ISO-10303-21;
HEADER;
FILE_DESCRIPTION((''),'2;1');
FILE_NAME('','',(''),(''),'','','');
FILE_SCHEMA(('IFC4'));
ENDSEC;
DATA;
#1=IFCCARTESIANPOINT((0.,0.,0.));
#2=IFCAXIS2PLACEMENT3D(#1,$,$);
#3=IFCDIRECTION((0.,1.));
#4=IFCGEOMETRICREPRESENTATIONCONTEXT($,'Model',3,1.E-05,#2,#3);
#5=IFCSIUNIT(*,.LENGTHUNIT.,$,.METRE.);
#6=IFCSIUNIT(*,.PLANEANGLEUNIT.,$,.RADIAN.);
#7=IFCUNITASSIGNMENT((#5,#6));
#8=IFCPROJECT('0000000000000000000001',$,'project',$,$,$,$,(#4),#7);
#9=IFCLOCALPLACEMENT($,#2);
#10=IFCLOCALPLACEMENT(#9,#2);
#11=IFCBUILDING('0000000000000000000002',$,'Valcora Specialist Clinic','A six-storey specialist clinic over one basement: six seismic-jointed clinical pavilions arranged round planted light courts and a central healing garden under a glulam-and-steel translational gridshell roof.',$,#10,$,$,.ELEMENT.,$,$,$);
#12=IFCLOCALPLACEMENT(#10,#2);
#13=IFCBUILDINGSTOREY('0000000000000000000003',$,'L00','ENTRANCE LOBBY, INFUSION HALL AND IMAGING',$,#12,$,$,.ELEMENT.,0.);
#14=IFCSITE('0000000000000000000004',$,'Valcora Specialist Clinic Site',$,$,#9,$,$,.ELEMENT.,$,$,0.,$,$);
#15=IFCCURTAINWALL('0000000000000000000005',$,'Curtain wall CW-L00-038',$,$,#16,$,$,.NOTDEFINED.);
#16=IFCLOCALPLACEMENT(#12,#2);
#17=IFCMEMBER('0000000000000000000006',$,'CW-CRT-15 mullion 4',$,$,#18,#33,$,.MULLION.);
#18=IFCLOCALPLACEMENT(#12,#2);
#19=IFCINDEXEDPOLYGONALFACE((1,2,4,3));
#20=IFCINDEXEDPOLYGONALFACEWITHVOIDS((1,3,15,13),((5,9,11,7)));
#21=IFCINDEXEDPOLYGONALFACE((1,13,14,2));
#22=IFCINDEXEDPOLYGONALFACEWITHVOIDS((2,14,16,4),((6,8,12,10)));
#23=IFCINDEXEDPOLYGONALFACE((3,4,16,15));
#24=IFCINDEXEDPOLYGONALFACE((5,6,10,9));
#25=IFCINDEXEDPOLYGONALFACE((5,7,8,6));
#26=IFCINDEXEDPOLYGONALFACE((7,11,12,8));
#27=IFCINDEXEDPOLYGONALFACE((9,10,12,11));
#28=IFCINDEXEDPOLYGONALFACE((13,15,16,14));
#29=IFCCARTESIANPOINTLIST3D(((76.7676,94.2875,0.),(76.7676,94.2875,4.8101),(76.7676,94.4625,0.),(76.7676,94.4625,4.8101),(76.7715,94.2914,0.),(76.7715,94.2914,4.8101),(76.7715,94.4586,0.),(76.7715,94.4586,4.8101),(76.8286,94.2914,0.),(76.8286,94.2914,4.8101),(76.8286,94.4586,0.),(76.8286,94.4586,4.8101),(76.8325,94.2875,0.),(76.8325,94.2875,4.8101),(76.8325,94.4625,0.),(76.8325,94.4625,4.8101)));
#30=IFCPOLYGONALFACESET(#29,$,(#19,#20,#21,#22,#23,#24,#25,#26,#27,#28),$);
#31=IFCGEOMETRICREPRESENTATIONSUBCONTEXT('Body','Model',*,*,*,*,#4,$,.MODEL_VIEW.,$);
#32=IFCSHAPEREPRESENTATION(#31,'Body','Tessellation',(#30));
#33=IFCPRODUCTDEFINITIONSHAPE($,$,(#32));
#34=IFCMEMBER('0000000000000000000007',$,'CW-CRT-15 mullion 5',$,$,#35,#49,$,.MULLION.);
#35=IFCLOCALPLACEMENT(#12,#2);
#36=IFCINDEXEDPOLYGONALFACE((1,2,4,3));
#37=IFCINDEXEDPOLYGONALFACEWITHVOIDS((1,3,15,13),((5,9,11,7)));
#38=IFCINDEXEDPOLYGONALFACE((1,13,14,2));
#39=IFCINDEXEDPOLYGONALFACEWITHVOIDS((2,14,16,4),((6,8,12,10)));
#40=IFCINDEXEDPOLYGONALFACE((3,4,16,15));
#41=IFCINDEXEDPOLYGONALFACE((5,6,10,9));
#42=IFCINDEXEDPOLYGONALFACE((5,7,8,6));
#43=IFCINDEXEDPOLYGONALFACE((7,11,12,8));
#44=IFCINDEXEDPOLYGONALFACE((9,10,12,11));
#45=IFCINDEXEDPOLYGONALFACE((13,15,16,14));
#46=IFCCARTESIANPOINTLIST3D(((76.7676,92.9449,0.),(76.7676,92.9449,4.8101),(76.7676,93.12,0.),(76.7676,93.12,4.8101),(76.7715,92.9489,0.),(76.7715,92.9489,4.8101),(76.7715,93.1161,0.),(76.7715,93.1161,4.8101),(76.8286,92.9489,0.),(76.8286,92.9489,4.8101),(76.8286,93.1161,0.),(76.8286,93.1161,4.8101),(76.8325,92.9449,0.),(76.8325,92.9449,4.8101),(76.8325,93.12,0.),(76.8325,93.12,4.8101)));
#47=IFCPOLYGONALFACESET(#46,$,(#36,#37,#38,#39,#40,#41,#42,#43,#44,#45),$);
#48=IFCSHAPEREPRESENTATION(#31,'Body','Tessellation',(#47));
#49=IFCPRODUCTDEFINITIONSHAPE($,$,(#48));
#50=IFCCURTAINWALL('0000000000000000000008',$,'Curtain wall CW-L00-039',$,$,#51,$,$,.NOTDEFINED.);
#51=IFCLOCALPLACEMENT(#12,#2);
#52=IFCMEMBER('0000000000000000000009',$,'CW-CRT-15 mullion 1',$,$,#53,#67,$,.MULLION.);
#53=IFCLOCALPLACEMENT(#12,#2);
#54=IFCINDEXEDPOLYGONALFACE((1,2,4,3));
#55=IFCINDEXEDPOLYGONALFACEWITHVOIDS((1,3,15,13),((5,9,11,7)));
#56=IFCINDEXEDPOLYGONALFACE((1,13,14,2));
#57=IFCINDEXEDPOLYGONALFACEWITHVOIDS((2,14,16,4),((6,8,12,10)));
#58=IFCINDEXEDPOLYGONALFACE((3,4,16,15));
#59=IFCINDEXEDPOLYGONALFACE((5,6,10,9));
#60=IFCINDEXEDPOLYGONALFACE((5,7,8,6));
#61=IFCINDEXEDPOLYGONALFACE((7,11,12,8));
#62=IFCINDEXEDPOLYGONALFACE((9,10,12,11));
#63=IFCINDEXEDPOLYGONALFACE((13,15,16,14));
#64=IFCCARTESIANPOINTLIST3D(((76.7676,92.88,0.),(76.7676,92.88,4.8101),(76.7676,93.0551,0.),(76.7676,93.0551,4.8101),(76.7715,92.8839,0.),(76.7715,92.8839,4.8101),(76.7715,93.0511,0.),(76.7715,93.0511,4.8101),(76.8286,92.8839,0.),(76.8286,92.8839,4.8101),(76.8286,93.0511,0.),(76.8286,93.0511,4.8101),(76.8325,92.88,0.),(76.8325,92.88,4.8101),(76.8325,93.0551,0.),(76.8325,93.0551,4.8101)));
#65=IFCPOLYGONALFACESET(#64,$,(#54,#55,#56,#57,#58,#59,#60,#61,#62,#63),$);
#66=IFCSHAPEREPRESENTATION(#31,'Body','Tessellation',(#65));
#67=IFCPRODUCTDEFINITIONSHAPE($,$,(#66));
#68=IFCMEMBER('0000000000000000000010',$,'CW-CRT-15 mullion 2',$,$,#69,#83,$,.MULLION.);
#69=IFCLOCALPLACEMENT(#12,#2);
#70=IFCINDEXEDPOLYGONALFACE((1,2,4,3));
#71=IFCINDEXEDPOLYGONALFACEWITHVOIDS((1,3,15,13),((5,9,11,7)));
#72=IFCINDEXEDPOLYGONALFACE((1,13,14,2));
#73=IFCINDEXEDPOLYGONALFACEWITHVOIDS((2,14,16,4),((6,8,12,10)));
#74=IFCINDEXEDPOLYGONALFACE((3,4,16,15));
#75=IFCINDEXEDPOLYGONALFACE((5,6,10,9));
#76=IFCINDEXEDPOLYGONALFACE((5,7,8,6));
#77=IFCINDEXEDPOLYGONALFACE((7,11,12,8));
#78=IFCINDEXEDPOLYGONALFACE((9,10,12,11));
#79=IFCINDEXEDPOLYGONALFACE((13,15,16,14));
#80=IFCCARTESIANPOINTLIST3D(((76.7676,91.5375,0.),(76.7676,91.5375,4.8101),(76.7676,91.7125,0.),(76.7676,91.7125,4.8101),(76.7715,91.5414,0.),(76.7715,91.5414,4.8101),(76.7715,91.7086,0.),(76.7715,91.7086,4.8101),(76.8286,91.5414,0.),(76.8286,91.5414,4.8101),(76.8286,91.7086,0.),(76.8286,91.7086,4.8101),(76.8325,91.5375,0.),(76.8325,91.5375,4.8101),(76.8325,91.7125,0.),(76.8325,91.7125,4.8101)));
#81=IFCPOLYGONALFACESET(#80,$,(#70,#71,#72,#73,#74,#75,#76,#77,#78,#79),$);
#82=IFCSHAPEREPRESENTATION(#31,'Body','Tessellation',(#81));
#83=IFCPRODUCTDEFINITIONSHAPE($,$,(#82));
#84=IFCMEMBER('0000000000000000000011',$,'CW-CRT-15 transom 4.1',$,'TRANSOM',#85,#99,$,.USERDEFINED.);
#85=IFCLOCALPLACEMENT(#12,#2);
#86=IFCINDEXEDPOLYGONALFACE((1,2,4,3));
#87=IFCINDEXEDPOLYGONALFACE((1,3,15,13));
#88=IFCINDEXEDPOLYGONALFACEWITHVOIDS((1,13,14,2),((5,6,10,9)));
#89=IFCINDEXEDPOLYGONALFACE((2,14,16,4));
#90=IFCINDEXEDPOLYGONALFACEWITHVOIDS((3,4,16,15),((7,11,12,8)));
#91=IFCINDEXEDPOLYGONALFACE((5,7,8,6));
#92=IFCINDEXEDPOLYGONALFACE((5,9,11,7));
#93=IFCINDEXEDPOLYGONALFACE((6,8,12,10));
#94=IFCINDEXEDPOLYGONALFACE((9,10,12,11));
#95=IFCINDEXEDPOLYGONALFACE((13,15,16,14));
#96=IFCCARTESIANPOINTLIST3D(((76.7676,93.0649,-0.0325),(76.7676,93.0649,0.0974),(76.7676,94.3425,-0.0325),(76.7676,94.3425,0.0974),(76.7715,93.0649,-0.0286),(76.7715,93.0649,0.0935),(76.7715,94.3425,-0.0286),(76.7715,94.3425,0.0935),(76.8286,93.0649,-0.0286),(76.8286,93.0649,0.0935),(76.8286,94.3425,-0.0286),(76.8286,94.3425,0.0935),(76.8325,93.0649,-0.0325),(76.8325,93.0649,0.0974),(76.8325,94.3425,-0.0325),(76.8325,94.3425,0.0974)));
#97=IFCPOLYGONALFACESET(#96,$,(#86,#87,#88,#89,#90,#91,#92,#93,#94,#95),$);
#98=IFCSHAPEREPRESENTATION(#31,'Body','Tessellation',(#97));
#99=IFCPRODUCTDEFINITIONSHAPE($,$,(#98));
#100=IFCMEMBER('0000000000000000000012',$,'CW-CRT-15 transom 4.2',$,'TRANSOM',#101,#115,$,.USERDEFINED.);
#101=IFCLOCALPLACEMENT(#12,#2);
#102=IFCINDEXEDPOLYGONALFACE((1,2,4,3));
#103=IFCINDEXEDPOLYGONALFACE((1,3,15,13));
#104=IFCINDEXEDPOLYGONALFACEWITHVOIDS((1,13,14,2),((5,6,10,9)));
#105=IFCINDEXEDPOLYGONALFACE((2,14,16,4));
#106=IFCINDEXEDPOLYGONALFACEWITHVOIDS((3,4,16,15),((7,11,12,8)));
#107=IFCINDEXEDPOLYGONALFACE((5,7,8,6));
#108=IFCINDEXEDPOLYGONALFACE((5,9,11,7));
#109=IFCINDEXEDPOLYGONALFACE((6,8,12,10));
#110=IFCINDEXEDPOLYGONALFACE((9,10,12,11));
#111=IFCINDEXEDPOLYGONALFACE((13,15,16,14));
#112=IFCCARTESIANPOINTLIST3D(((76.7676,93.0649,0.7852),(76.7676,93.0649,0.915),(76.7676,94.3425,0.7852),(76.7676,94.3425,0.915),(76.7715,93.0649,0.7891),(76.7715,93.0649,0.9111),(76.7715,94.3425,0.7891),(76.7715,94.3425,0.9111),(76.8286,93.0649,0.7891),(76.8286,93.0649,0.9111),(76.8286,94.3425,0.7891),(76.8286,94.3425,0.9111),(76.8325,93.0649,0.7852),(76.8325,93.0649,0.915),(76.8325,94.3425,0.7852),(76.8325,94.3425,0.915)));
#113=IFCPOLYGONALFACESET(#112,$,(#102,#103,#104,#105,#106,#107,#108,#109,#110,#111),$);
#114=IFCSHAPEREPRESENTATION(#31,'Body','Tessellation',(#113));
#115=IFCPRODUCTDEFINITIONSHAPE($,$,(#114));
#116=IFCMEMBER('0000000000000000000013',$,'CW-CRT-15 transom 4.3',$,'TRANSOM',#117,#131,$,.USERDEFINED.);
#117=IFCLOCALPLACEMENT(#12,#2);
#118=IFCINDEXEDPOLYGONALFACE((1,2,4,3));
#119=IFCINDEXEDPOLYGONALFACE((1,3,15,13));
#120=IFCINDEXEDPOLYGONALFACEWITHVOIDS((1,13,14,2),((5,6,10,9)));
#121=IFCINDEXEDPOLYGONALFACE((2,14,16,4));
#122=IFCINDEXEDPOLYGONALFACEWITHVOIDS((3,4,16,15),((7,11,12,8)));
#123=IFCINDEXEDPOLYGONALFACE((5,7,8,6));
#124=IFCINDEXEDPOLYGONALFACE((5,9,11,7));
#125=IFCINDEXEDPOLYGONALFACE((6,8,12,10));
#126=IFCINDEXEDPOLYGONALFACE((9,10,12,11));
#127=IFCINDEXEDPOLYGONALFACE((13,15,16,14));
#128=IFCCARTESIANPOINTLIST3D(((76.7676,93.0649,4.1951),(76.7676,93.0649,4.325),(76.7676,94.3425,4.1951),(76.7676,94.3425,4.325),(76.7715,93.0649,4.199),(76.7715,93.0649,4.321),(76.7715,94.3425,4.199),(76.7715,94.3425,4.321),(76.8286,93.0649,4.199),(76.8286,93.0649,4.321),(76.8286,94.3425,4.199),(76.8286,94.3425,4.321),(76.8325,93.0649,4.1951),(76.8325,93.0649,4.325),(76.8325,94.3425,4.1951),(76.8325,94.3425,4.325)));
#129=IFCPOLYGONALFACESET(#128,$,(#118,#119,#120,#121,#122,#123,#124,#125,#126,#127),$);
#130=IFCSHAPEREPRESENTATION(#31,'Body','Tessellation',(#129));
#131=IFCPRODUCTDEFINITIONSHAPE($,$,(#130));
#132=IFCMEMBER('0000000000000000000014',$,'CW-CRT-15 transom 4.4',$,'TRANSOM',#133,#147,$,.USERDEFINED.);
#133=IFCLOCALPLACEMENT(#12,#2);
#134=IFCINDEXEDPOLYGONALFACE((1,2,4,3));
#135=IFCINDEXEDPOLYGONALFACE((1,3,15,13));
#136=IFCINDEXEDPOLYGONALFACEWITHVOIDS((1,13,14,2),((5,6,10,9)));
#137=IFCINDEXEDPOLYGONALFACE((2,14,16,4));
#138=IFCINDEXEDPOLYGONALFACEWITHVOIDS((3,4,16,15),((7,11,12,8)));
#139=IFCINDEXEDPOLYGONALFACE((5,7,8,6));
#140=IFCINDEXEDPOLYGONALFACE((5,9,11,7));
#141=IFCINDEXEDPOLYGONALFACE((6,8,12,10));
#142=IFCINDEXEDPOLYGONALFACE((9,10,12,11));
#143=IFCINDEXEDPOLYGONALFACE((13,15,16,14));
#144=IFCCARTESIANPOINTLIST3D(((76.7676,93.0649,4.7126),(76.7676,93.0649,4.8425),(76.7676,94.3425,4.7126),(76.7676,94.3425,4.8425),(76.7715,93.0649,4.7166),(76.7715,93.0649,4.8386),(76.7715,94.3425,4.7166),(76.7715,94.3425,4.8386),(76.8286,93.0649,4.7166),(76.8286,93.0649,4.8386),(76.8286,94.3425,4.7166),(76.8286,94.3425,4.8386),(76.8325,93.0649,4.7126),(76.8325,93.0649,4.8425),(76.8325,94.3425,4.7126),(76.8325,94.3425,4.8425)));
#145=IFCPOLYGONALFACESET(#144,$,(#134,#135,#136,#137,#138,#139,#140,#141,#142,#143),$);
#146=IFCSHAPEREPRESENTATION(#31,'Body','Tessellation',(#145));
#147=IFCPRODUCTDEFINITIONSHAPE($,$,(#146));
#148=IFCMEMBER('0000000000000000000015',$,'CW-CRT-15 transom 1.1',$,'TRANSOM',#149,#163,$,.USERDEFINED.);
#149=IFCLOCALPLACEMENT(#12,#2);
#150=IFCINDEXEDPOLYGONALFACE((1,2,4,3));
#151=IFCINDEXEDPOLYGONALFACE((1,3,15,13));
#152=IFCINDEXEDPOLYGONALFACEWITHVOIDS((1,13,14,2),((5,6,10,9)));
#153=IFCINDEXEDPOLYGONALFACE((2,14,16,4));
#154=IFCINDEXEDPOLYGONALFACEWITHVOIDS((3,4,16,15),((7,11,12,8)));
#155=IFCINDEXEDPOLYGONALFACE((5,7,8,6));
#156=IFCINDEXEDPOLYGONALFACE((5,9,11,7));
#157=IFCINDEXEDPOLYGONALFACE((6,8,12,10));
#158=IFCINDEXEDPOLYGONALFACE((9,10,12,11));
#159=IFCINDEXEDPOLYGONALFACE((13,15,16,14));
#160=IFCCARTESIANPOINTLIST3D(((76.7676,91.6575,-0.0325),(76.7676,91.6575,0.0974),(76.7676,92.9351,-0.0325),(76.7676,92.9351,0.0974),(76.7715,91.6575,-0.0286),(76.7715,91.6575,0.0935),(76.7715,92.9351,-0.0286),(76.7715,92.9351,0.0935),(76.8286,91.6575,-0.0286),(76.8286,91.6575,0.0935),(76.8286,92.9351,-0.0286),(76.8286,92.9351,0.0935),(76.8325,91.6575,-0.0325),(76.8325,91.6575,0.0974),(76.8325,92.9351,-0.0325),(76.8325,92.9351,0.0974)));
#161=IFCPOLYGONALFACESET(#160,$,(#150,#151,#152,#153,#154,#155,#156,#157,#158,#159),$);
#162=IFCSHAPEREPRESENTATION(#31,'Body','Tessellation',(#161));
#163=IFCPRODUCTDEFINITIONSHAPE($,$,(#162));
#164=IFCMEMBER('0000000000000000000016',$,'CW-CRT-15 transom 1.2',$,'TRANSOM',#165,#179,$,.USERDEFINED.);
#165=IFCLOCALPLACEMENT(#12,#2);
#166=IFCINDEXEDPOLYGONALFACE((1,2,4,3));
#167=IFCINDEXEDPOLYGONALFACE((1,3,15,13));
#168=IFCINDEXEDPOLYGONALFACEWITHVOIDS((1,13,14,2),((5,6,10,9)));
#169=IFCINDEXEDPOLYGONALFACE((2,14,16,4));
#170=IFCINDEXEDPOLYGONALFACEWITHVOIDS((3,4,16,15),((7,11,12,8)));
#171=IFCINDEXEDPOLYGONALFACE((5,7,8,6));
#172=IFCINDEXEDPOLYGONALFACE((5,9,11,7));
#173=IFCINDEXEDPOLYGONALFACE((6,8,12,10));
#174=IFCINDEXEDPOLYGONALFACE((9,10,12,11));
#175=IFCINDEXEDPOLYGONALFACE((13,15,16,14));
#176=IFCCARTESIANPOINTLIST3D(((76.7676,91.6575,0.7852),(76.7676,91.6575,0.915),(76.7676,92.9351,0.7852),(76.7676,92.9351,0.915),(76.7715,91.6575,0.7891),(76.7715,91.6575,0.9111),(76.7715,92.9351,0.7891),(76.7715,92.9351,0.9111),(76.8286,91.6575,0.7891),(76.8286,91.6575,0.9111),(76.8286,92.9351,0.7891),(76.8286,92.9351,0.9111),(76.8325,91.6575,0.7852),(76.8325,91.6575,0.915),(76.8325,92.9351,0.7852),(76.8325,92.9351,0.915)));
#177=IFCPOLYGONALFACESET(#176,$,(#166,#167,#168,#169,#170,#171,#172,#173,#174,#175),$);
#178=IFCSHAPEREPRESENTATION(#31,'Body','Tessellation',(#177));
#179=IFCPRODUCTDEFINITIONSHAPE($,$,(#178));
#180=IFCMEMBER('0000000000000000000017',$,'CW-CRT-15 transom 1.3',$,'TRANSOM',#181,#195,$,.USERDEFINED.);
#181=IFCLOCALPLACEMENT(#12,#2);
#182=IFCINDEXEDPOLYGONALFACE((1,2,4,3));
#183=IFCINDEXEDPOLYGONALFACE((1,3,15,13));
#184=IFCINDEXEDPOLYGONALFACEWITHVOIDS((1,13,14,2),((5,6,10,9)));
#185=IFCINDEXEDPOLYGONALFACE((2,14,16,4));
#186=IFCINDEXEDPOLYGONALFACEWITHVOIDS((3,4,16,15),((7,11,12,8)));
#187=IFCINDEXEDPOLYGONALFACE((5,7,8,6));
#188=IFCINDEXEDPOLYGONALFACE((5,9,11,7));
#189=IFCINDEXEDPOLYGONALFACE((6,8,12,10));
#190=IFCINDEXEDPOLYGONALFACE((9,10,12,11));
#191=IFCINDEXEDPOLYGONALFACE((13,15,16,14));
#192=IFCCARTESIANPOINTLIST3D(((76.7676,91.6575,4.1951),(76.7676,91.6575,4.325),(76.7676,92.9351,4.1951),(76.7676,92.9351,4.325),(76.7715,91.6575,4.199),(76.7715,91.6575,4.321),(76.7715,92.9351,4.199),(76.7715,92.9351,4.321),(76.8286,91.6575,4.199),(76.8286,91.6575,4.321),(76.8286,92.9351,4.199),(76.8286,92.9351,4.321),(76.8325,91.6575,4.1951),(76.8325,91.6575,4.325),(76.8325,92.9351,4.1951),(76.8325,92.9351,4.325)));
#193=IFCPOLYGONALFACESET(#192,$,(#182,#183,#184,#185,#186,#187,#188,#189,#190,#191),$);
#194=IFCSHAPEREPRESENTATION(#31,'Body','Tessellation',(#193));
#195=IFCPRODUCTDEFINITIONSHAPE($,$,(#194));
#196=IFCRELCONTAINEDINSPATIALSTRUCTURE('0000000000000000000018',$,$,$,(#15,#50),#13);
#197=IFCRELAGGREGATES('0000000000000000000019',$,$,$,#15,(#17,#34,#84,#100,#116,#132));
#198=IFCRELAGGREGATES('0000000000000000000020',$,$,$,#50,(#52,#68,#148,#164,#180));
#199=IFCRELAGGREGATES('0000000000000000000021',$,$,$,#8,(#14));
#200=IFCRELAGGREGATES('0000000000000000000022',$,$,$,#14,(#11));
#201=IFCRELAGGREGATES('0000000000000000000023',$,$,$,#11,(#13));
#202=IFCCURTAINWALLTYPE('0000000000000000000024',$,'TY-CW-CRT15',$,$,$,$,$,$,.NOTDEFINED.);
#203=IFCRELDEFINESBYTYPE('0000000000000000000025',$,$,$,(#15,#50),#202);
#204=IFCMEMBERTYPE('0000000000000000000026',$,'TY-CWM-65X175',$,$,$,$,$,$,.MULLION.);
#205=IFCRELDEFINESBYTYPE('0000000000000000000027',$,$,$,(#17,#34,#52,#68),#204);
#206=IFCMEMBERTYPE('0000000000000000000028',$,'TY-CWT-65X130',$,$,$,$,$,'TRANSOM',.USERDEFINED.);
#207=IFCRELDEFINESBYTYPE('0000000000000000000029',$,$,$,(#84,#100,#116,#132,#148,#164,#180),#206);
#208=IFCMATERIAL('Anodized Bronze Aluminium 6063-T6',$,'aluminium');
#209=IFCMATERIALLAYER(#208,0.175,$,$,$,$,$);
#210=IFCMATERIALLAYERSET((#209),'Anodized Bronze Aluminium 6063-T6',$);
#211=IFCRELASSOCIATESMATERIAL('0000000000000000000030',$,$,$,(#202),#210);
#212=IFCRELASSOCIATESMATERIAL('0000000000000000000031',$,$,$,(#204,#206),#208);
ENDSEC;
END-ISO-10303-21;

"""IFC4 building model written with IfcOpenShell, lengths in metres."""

from ifc_helpers import new_model, si_unit, direction, frame, origin, origin_2d, place, context, subcontext, project, spatial, hollow_rectangle, extrude, material, layer, layer_set, material_profile, profile_set, type_object, element, aggregate, save


model = new_model("IFC4")

# Units and contexts
model_context = context("Model", 3, precision=1e-05, world=origin(), true_north=direction((0.0, 1.0)))
body_context = subcontext(model_context, "Body", "Model", "MODEL_VIEW")
ifc_project = project(units=[si_unit("LENGTHUNIT", "METRE"), si_unit("PLANEANGLEUNIT", "RADIAN")], contexts=[model_context])

# Site, building, storey
site_placement = place(None, origin())
site = spatial("IfcSite", under=ifc_project, at=site_placement, Name="Valcora Specialist Clinic Site", CompositionType="ELEMENT", RefElevation=0.0)
building_placement = place(site_placement, origin())
building = spatial("IfcBuilding", under=site, at=building_placement, Name="Valcora Specialist Clinic", Description="A six-storey specialist clinic over one basement: six seismic-jointed clinical pavilions arranged round planted light courts and a central healing garden under a glulam-and-steel translational gridshell roof.", CompositionType="ELEMENT")
storey_placement = place(building_placement, origin())
storey = spatial("IfcBuildingStorey", under=building, at=storey_placement, Name="L00", Description="ENTRANCE LOBBY, INFUSION HALL AND IMAGING", CompositionType="ELEMENT", Elevation=0.0)

# Curtain walls, members
ifc_material_1 = material(Name="Anodized Bronze Aluminium 6063-T6", Category="aluminium")
ifc_layer_1 = layer(ifc_material_1, 0.175)
ifc_layer_set_1 = layer_set([ifc_layer_1], Name="Anodized Bronze Aluminium 6063-T6")
curtain_wall_type = type_object("IfcCurtainWallType", Name="TY-CW-CRT15", PredefinedType="NOTDEFINED", material=ifc_layer_set_1)
curtain_wall_1_placement = place(storey_placement, origin())
curtain_wall_1 = element("IfcCurtainWall", 1, at=curtain_wall_1_placement, inside=storey, type_object=curtain_wall_type, Name="Curtain wall CW-L00-038", PredefinedType="NOTDEFINED")
ifc_material_profile_1 = material_profile(ifc_material_1, hollow_rectangle(XDim=0.0649, YDim=0.175, WallThickness=0.0039, at=origin_2d()), Name="AL-MUL-65X175")
ifc_profile_set_1 = profile_set([ifc_material_profile_1], Name="Anodized Bronze Aluminium 6063-T6")
member_type_1 = type_object("IfcMemberType", Name="TY-CWM-65X175", PredefinedType="MULLION", material=ifc_profile_set_1)
member_1_placement = place(storey_placement, frame((76.8, 94.375, 0.0), z_axis=(0.0, 0.0, 1.0), x_axis=(1.0, 0.0, 0.0)))
member_1 = element("IfcMember", 2, at=member_1_placement, type_object=member_type_1, Name="CW-CRT-15 mullion 4", PredefinedType="MULLION", context=body_context, shape_type="SweptSolid", body=[
    extrude(hollow_rectangle(XDim=0.0649, YDim=0.175, WallThickness=0.0039, at=origin_2d()), origin(), (0.0, 0.0, 1.0), 4.8101),
])
member_2_placement = place(storey_placement, frame((76.8, 93.0325, 0.0), z_axis=(0.0, 0.0, 1.0), x_axis=(1.0, 0.0, 0.0)))
member_2 = element("IfcMember", 3, at=member_2_placement, type_object=member_type_1, Name="CW-CRT-15 mullion 5", PredefinedType="MULLION", context=body_context, shape_type="SweptSolid", body=[
    extrude(hollow_rectangle(XDim=0.0649, YDim=0.175, WallThickness=0.0039, at=origin_2d()), origin(), (0.0, 0.0, 1.0), 4.8101),
])
curtain_wall_2_placement = place(storey_placement, origin())
curtain_wall_2 = element("IfcCurtainWall", 4, at=curtain_wall_2_placement, inside=storey, type_object=curtain_wall_type, Name="Curtain wall CW-L00-039", PredefinedType="NOTDEFINED")
member_3_placement = place(storey_placement, frame((76.8, 92.9675, 0.0), z_axis=(0.0, 0.0, 1.0), x_axis=(1.0, 0.0, 0.0)))
member_3 = element("IfcMember", 5, at=member_3_placement, type_object=member_type_1, Name="CW-CRT-15 mullion 1", PredefinedType="MULLION", context=body_context, shape_type="SweptSolid", body=[
    extrude(hollow_rectangle(XDim=0.0649, YDim=0.175, WallThickness=0.0039, at=origin_2d()), origin(), (0.0, 0.0, 1.0), 4.8101),
])
member_4_placement = place(storey_placement, frame((76.8, 91.625, 0.0), z_axis=(0.0, 0.0, 1.0), x_axis=(1.0, 0.0, 0.0)))
member_4 = element("IfcMember", 6, at=member_4_placement, type_object=member_type_1, Name="CW-CRT-15 mullion 2", PredefinedType="MULLION", context=body_context, shape_type="SweptSolid", body=[
    extrude(hollow_rectangle(XDim=0.0649, YDim=0.175, WallThickness=0.0039, at=origin_2d()), origin(), (0.0, 0.0, 1.0), 4.8101),
])

# Members
ifc_material_profile_2 = material_profile(ifc_material_1, hollow_rectangle(XDim=0.0649, YDim=0.1299, WallThickness=0.0039, at=origin_2d()), Name="AL-TRN-65X130")
ifc_profile_set_2 = profile_set([ifc_material_profile_2], Name="Anodized Bronze Aluminium 6063-T6")
member_type_2 = type_object("IfcMemberType", Name="TY-CWT-65X130", ElementType="TRANSOM", PredefinedType="USERDEFINED", material=ifc_profile_set_2)
member_5_placement = place(storey_placement, frame((76.8, 94.3425, 0.0325), z_axis=(0.0, -1.0, 0.0), x_axis=(1.0, 0.0, 0.0)))
member_5 = element("IfcMember", 7, at=member_5_placement, type_object=member_type_2, Name="CW-CRT-15 transom 4.1", ObjectType="TRANSOM", PredefinedType="USERDEFINED", context=body_context, shape_type="SweptSolid", body=[
    extrude(hollow_rectangle(XDim=0.0649, YDim=0.1299, WallThickness=0.0039, at=origin_2d()), origin(), (0.0, 0.0, 1.0), 1.2776),
])
member_6_placement = place(storey_placement, frame((76.8, 94.3425, 0.8501), z_axis=(0.0, -1.0, 0.0), x_axis=(1.0, 0.0, 0.0)))
member_6 = element("IfcMember", 8, at=member_6_placement, type_object=member_type_2, Name="CW-CRT-15 transom 4.2", ObjectType="TRANSOM", PredefinedType="USERDEFINED", context=body_context, shape_type="SweptSolid", body=[
    extrude(hollow_rectangle(XDim=0.0649, YDim=0.1299, WallThickness=0.0039, at=origin_2d()), origin(), (0.0, 0.0, 1.0), 1.2776),
])
member_7_placement = place(storey_placement, frame((76.8, 94.3425, 4.26), z_axis=(0.0, -1.0, 0.0), x_axis=(1.0, 0.0, 0.0)))
member_7 = element("IfcMember", 9, at=member_7_placement, type_object=member_type_2, Name="CW-CRT-15 transom 4.3", ObjectType="TRANSOM", PredefinedType="USERDEFINED", context=body_context, shape_type="SweptSolid", body=[
    extrude(hollow_rectangle(XDim=0.0649, YDim=0.1299, WallThickness=0.0039, at=origin_2d()), origin(), (0.0, 0.0, 1.0), 1.2776),
])
member_8_placement = place(storey_placement, frame((76.8, 94.3425, 4.7776), z_axis=(0.0, -1.0, 0.0), x_axis=(1.0, 0.0, 0.0)))
member_8 = element("IfcMember", 10, at=member_8_placement, type_object=member_type_2, Name="CW-CRT-15 transom 4.4", ObjectType="TRANSOM", PredefinedType="USERDEFINED", context=body_context, shape_type="SweptSolid", body=[
    extrude(hollow_rectangle(XDim=0.0649, YDim=0.1299, WallThickness=0.0039, at=origin_2d()), origin(), (0.0, 0.0, 1.0), 1.2776),
])
member_9_placement = place(storey_placement, frame((76.8, 92.9351, 0.0325), z_axis=(0.0, -1.0, 0.0), x_axis=(1.0, 0.0, 0.0)))
member_9 = element("IfcMember", 11, at=member_9_placement, type_object=member_type_2, Name="CW-CRT-15 transom 1.1", ObjectType="TRANSOM", PredefinedType="USERDEFINED", context=body_context, shape_type="SweptSolid", body=[
    extrude(hollow_rectangle(XDim=0.0649, YDim=0.1299, WallThickness=0.0039, at=origin_2d()), origin(), (0.0, 0.0, 1.0), 1.2776),
])
member_10_placement = place(storey_placement, frame((76.8, 92.9351, 0.8501), z_axis=(0.0, -1.0, 0.0), x_axis=(1.0, 0.0, 0.0)))
member_10 = element("IfcMember", 12, at=member_10_placement, type_object=member_type_2, Name="CW-CRT-15 transom 1.2", ObjectType="TRANSOM", PredefinedType="USERDEFINED", context=body_context, shape_type="SweptSolid", body=[
    extrude(hollow_rectangle(XDim=0.0649, YDim=0.1299, WallThickness=0.0039, at=origin_2d()), origin(), (0.0, 0.0, 1.0), 1.2776),
])
member_11_placement = place(storey_placement, frame((76.8, 92.9351, 4.26), z_axis=(0.0, -1.0, 0.0), x_axis=(1.0, 0.0, 0.0)))
member_11 = element("IfcMember", 13, at=member_11_placement, type_object=member_type_2, Name="CW-CRT-15 transom 1.3", ObjectType="TRANSOM", PredefinedType="USERDEFINED", context=body_context, shape_type="SweptSolid", body=[
    extrude(hollow_rectangle(XDim=0.0649, YDim=0.1299, WallThickness=0.0039, at=origin_2d()), origin(), (0.0, 0.0, 1.0), 1.2776),
])

aggregate(curtain_wall_1, [member_1, member_2, member_5, member_6, member_7, member_8])
aggregate(curtain_wall_2, [member_3, member_4, member_9, member_10, member_11])

save(model, "model.ifc")
